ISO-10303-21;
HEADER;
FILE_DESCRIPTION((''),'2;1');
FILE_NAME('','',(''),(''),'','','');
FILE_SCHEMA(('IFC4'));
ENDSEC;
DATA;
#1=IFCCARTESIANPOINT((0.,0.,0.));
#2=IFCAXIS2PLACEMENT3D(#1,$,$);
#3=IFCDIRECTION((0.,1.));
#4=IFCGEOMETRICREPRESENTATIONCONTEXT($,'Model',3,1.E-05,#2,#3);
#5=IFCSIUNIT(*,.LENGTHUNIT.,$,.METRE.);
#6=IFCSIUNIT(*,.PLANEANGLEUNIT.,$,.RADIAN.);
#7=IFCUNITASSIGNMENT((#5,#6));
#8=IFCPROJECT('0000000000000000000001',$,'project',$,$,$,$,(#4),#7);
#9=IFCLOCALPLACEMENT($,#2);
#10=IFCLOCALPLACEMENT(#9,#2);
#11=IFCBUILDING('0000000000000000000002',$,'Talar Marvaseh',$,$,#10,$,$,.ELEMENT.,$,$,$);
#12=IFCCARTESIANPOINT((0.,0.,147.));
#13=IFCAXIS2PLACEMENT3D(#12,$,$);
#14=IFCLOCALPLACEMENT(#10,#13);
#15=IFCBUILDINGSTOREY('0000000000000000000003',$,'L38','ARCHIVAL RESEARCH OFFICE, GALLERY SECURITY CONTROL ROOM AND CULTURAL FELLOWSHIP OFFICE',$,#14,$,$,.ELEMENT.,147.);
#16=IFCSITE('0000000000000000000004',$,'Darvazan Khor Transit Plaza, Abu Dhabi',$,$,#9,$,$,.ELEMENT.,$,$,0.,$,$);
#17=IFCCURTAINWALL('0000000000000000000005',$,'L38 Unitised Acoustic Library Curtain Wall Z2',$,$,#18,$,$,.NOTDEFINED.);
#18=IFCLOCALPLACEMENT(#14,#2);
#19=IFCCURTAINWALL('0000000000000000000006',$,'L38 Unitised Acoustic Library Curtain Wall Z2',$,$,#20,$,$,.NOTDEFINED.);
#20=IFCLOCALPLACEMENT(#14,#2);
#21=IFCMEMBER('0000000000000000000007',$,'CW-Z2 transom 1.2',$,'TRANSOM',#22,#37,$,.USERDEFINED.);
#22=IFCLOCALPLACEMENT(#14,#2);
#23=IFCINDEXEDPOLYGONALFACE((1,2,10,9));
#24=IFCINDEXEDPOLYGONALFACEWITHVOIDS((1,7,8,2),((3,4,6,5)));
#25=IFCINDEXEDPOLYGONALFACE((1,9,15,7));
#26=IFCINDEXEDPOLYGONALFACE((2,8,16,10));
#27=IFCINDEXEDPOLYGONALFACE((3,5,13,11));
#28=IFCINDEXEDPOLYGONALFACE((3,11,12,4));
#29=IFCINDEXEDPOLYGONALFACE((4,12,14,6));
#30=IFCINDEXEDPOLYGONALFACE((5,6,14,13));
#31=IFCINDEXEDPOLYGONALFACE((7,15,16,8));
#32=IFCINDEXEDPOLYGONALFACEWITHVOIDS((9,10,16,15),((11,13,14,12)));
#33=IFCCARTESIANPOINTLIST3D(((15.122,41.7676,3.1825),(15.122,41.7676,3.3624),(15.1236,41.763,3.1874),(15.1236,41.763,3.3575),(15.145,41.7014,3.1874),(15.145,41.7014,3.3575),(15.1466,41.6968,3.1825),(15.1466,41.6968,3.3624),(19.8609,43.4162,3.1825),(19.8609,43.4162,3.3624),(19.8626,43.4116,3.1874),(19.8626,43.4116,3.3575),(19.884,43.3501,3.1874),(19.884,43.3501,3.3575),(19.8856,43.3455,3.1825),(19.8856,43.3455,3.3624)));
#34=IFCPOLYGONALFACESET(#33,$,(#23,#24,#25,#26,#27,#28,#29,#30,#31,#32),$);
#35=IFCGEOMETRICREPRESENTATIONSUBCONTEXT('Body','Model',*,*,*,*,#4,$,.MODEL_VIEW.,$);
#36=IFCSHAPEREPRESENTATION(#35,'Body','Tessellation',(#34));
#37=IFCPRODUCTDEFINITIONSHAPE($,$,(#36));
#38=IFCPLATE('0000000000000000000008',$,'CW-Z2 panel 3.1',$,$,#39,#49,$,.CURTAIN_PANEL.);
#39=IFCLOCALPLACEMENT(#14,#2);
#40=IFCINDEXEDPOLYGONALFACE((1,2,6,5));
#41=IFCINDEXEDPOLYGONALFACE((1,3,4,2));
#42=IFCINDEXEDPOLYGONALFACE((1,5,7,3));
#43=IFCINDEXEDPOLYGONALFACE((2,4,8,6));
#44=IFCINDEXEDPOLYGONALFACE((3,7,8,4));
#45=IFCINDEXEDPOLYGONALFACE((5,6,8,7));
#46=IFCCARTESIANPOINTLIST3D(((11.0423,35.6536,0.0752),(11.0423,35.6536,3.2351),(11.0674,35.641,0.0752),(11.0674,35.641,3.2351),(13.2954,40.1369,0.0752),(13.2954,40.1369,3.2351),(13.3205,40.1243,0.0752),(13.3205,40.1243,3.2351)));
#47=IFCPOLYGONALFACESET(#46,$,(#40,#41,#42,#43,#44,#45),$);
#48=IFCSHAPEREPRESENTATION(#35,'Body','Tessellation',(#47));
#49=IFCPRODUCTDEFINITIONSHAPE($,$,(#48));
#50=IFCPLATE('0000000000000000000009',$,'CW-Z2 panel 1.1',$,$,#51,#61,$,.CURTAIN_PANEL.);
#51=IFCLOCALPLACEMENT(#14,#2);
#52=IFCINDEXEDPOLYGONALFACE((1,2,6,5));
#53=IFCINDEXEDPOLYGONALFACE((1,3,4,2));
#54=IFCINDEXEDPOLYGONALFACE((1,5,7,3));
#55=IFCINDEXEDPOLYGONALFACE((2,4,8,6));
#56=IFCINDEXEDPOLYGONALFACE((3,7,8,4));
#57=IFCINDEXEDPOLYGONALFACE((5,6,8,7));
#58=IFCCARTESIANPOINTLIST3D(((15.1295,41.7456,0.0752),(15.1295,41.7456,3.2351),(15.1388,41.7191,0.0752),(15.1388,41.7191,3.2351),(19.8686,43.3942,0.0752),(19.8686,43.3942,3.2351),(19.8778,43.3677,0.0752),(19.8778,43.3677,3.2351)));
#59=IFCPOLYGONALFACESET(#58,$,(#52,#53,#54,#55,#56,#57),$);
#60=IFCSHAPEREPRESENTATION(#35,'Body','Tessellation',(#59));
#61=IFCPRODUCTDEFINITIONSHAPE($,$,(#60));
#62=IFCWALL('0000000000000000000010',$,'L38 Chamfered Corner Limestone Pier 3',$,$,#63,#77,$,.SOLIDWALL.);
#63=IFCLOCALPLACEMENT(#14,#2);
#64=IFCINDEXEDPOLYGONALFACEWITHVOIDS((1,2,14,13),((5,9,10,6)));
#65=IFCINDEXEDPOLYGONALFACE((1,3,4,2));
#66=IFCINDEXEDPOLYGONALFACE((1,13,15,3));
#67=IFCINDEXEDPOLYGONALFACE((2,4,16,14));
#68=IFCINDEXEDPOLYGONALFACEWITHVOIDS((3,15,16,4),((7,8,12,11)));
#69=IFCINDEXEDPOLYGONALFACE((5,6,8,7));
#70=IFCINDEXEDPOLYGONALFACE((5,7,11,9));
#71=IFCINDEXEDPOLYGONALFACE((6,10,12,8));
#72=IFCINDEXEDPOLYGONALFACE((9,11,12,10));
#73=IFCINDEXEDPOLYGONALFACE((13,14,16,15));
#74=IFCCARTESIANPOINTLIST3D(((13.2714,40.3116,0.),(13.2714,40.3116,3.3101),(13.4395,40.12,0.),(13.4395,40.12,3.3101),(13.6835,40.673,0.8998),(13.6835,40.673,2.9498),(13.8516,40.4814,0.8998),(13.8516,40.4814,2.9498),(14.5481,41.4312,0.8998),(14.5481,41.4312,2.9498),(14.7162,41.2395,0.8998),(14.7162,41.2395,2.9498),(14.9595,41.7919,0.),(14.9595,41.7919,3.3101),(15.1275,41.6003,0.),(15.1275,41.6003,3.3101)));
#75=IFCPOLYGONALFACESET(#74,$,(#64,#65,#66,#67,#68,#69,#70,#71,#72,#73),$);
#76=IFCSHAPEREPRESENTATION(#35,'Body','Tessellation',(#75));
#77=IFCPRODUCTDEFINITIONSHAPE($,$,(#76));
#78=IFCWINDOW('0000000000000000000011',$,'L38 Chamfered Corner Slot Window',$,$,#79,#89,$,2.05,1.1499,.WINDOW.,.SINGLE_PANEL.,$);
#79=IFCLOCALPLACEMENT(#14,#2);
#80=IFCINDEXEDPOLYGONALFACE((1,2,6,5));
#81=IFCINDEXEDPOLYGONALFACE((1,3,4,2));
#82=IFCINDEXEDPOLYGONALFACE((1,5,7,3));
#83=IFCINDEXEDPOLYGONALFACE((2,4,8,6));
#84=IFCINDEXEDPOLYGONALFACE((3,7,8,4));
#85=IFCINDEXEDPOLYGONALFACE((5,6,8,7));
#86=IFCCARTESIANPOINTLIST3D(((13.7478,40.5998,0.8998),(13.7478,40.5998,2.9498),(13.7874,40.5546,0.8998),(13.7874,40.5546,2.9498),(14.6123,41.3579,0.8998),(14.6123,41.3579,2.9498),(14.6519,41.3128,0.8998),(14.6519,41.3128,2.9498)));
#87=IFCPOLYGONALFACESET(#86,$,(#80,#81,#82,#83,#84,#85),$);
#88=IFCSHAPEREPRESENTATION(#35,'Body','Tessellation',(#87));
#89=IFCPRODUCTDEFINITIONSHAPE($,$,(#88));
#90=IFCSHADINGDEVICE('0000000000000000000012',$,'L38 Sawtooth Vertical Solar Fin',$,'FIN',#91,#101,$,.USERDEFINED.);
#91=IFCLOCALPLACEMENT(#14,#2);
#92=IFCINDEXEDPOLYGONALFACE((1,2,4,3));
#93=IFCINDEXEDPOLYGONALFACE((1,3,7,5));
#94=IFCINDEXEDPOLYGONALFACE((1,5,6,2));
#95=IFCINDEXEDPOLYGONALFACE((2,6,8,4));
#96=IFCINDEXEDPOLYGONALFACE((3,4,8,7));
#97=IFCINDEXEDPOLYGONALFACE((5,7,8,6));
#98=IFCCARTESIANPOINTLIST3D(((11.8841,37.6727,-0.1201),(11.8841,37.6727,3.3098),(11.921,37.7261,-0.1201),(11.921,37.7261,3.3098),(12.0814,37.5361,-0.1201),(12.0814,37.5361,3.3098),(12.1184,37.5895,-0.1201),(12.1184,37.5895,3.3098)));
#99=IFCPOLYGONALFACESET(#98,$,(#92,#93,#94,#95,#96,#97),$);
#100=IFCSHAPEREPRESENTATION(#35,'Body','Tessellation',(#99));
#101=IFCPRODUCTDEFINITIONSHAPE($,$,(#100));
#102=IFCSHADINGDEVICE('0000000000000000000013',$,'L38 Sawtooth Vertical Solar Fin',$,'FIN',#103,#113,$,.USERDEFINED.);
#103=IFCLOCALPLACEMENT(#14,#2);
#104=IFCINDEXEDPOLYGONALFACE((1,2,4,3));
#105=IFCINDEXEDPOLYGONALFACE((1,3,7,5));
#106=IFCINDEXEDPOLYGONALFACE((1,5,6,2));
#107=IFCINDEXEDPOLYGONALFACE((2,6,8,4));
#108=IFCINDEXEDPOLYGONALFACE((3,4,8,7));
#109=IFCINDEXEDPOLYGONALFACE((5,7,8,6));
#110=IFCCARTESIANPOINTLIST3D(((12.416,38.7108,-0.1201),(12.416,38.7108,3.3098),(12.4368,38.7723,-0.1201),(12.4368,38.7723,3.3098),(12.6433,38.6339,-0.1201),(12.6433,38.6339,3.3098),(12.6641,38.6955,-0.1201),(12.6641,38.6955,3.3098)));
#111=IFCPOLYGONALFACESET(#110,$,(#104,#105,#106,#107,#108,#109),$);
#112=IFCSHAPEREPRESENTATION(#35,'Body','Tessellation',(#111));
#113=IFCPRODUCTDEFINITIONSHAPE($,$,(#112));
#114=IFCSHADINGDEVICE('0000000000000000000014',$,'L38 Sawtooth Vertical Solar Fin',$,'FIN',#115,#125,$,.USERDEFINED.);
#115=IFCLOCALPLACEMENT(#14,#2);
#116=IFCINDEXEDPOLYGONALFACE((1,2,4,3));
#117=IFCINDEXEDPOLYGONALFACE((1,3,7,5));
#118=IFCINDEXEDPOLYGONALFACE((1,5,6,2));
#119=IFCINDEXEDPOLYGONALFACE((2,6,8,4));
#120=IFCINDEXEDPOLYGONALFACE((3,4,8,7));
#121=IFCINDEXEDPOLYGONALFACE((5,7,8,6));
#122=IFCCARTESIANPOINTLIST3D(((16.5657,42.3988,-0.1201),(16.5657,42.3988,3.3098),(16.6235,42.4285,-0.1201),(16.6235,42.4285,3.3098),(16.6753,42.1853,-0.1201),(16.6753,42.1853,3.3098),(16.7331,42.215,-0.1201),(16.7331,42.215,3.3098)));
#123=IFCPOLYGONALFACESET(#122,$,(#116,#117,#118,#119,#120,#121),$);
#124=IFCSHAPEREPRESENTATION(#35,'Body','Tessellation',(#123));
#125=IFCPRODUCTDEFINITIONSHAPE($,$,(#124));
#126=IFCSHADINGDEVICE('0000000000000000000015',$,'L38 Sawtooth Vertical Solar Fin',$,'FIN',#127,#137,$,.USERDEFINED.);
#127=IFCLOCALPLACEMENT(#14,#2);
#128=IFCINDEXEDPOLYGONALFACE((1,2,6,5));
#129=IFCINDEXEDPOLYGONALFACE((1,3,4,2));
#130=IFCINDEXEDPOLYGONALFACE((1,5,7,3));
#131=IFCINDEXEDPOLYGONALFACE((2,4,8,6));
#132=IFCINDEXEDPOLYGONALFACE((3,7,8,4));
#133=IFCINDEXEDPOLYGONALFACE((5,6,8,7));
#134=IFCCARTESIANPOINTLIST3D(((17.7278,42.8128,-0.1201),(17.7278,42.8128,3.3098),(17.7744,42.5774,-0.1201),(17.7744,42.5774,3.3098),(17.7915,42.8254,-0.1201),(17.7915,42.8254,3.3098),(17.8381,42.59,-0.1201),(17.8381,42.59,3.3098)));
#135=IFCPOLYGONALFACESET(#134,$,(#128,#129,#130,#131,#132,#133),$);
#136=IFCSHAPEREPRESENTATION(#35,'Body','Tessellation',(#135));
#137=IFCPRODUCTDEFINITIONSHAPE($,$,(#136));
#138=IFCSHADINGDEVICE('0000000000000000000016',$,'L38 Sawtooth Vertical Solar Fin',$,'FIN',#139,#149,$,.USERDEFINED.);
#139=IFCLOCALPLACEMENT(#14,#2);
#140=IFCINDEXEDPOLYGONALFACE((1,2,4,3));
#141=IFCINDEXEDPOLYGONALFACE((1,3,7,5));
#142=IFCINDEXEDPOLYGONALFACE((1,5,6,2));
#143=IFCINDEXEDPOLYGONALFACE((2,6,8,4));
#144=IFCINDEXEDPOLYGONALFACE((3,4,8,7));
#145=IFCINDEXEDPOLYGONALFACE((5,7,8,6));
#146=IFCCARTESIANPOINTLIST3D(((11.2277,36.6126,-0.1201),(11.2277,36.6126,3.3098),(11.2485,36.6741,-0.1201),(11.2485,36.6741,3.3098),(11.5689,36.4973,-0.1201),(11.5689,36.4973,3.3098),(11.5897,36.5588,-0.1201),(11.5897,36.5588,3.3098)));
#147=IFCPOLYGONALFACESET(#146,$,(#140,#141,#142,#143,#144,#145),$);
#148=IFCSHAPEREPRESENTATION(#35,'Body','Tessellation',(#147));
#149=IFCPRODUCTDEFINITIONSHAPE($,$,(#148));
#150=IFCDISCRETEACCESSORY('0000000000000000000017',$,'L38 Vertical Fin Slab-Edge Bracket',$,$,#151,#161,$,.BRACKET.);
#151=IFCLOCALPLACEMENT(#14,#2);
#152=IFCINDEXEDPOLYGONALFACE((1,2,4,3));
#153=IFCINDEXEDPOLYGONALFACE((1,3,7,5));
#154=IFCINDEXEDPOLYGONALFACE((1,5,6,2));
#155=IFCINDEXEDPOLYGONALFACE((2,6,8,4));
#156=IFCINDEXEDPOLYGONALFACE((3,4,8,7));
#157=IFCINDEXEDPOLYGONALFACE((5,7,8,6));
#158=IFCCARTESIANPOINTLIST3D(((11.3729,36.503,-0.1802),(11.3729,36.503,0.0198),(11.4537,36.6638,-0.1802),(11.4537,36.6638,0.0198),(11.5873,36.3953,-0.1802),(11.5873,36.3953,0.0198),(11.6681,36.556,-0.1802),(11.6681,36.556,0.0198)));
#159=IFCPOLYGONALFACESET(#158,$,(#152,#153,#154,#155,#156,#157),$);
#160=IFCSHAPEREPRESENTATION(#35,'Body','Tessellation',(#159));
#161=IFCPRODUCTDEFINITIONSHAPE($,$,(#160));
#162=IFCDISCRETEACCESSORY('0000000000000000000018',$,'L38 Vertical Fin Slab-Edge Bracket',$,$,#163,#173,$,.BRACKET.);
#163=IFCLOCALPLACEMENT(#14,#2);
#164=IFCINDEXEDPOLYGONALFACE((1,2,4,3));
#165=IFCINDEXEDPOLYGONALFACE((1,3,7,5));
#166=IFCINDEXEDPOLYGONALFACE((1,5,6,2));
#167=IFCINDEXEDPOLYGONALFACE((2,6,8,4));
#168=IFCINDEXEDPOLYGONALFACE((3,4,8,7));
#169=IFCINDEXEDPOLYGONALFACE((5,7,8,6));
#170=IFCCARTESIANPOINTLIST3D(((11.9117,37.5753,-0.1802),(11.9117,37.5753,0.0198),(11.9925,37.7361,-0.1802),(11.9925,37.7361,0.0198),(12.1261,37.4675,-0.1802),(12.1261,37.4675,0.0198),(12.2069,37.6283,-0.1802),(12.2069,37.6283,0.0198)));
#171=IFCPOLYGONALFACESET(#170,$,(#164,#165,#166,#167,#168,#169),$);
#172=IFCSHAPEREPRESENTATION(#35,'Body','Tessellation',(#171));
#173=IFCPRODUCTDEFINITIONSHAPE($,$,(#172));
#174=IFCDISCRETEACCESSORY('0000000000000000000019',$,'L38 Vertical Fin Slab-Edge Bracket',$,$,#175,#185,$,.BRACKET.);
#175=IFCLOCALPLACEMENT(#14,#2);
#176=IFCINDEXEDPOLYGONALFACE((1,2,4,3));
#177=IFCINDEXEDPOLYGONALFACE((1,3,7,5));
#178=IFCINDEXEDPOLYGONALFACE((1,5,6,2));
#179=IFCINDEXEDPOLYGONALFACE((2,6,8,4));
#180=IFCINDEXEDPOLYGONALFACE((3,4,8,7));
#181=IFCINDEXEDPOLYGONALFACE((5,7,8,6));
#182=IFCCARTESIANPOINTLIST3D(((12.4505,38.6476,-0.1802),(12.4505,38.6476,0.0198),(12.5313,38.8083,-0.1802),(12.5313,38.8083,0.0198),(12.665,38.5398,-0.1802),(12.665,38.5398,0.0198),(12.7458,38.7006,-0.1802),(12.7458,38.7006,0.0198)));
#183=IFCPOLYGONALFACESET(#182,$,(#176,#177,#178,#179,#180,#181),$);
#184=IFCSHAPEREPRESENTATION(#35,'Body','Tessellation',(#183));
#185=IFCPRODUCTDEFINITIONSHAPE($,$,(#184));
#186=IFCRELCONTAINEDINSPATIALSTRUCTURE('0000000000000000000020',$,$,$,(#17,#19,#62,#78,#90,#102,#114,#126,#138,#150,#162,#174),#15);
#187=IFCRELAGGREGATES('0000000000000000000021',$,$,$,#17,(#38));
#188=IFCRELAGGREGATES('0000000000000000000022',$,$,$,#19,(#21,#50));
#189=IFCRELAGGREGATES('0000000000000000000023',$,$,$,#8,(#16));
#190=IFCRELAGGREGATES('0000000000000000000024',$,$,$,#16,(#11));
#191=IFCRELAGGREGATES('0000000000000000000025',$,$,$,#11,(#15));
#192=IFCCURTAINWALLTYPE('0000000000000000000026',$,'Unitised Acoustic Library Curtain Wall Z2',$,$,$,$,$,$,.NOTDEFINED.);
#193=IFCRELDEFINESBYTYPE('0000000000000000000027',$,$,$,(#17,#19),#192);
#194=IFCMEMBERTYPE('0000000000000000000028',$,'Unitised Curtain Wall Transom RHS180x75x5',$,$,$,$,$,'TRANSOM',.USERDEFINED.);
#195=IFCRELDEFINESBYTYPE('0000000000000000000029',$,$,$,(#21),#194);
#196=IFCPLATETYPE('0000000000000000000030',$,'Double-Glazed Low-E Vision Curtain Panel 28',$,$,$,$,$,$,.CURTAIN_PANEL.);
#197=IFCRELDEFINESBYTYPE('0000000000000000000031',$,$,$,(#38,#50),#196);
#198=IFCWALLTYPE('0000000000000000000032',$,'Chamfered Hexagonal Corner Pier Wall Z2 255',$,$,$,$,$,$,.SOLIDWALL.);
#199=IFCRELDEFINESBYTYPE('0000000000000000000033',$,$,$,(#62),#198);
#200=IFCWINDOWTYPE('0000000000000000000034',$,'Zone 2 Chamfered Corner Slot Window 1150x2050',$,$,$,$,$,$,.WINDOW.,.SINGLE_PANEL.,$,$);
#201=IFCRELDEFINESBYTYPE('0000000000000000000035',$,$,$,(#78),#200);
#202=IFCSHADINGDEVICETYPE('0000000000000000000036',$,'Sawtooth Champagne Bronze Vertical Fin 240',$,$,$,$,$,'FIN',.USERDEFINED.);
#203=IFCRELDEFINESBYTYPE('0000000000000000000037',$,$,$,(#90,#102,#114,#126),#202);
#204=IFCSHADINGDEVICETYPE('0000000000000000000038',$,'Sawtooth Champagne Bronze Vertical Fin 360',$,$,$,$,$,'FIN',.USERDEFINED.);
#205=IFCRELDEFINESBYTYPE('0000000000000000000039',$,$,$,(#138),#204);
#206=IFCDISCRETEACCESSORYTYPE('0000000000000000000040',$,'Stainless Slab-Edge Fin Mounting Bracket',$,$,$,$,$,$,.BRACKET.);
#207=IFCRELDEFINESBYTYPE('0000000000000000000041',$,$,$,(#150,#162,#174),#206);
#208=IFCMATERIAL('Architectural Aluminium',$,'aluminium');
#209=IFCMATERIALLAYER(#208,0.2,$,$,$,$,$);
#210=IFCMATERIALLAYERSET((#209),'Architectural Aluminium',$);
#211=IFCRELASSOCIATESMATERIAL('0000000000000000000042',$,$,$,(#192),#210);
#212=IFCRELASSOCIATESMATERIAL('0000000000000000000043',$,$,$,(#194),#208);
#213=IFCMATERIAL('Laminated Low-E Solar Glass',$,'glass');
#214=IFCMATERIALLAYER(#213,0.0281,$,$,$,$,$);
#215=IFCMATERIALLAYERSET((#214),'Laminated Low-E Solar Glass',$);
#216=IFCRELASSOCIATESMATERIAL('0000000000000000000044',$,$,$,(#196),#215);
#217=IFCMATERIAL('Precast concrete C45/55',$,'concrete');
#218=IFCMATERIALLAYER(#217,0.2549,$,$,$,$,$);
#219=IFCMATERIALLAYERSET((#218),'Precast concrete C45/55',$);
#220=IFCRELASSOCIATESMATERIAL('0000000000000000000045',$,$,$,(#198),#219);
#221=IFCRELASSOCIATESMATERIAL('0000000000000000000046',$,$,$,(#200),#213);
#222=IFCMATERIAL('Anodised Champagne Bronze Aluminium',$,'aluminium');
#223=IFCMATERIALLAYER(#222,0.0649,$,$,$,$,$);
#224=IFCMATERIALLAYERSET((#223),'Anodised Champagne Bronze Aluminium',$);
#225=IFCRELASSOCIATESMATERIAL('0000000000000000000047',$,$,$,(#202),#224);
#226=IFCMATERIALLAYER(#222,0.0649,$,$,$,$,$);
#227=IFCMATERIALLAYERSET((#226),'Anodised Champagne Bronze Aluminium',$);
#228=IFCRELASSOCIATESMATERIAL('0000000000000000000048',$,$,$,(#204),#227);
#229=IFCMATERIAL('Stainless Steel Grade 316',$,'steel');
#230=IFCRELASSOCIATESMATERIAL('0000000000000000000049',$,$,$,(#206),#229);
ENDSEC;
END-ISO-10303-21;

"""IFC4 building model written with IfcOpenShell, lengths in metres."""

from ifc_helpers import new_model, si_unit, direction, frame, frame_2d, origin, origin_2d, place, context, subcontext, project, spatial, rectangle, hollow_rectangle, extrude, source, transform, mapped, material, layer, layer_set, material_profile, profile_set, type_object, type_shapes, element, fill, aggregate, save


model = new_model("IFC4")

# Units and contexts
model_context = context("Model", 3, precision=1e-05, world=origin(), true_north=direction((0.0, 1.0)))
body_context = subcontext(model_context, "Body", "Model", "MODEL_VIEW")
ifc_project = project(units=[si_unit("LENGTHUNIT", "METRE"), si_unit("PLANEANGLEUNIT", "RADIAN")], contexts=[model_context])

# Site, building, storey
site_placement = place(None, origin())
site = spatial("IfcSite", under=ifc_project, at=site_placement, Name="Darvazan Khor Transit Plaza, Abu Dhabi", CompositionType="ELEMENT", RefElevation=0.0)
building_placement = place(site_placement, origin())
building = spatial("IfcBuilding", under=site, at=building_placement, Name="Talar Marvaseh", CompositionType="ELEMENT")
storey_placement = place(building_placement, frame((0.0, 0.0, 147.0)))
storey = spatial("IfcBuildingStorey", under=building, at=storey_placement, Name="L38", Description="ARCHIVAL RESEARCH OFFICE, GALLERY SECURITY CONTROL ROOM AND CULTURAL FELLOWSHIP OFFICE", CompositionType="ELEMENT", Elevation=147.0)

# Curtain walls
ifc_material_1 = material(Name="Architectural Aluminium", Category="aluminium")
ifc_layer_1 = layer(ifc_material_1, 0.2)
ifc_layer_set_1 = layer_set([ifc_layer_1], Name="Architectural Aluminium")
curtain_wall_type = type_object("IfcCurtainWallType", Name="Unitised Acoustic Library Curtain Wall Z2", PredefinedType="NOTDEFINED", material=ifc_layer_set_1)
curtain_wall_1_placement = place(storey_placement, origin())
curtain_wall_1 = element("IfcCurtainWall", 1, at=curtain_wall_1_placement, inside=storey, type_object=curtain_wall_type, Name="L38 Unitised Acoustic Library Curtain Wall Z2", PredefinedType="NOTDEFINED")
curtain_wall_2_placement = place(storey_placement, origin())
curtain_wall_2 = element("IfcCurtainWall", 2, at=curtain_wall_2_placement, inside=storey, type_object=curtain_wall_type, Name="L38 Unitised Acoustic Library Curtain Wall Z2", PredefinedType="NOTDEFINED")

# Member
ifc_material_profile_1 = material_profile(ifc_material_1, hollow_rectangle(XDim=0.075, YDim=0.1799, WallThickness=0.0049, at=origin_2d()), Name="RHS180x75x5")
ifc_profile_set_1 = profile_set([ifc_material_profile_1], Name="Architectural Aluminium")
member_type_1 = type_object("IfcMemberType", Name="Unitised Curtain Wall Transom RHS180x75x5", ElementType="TRANSOM", PredefinedType="USERDEFINED", material=ifc_profile_set_1)
shared_shape_1 = source(origin(), body_context, "Body", "SweptSolid", [
    extrude(hollow_rectangle(XDim=0.075, YDim=0.1799, WallThickness=0.0049, at=origin_2d()), origin(), (0.0, 0.0, 1.0), 5.0176),
])
type_shapes(member_type_1, [shared_shape_1])
member_1_placement = place(storey_placement, frame((15.1343, 41.7322, 3.2725), z_axis=(0.944476, 0.328579, 0.0), x_axis=(-0.328579, 0.944476, 0.0)))
member_1 = element("IfcMember", 3, at=member_1_placement, type_object=member_type_1, Name="CW-Z2 transom 1.2", ObjectType="TRANSOM", PredefinedType="USERDEFINED", context=body_context, shape_type="MappedRepresentation", body=[
    mapped(shared_shape_1, transform((0.0, 0.0, 0.0), x_axis=(1.0, 0.0, 0.0), y_axis=(0.0, 1.0, 0.0), z_axis=(0.0, 0.0, 1.0), scale=1.0)),
])

# Plates
ifc_material_2 = material(Name="Laminated Low-E Solar Glass", Category="glass")
ifc_layer_2 = layer(ifc_material_2, 0.0281)
ifc_layer_set_2 = layer_set([ifc_layer_2], Name="Laminated Low-E Solar Glass")
plate_type = type_object("IfcPlateType", Name="Double-Glazed Low-E Vision Curtain Panel 28", PredefinedType="CURTAIN_PANEL", material=ifc_layer_set_2)
shared_shape_2 = source(origin(), body_context, "Body", "SweptSolid", [
    extrude(rectangle(XDim=5.0176, YDim=0.0281, at=origin_2d()), origin(), (0.0, 0.0, 1.0), 3.1599),
])
type_shapes(plate_type, [shared_shape_2])
plate_1_placement = place(storey_placement, frame((12.1814, 37.8889, 0.0752), z_axis=(0.0, 0.0, 1.0), x_axis=(0.449035, 0.893514, 0.0)))
plate_1 = element("IfcPlate", 4, at=plate_1_placement, type_object=plate_type, Name="CW-Z2 panel 3.1", PredefinedType="CURTAIN_PANEL", context=body_context, shape_type="MappedRepresentation", body=[
    mapped(shared_shape_2, transform((0.0, 0.0, 0.0), x_axis=(1.0, 0.0, 0.0), y_axis=(0.0, 1.0, 0.0), z_axis=(0.0, 0.0, 1.0), scale=1.0)),
])
aggregate(curtain_wall_1, [plate_1])
plate_2_placement = place(storey_placement, frame((17.5037, 42.5566, 0.0752), z_axis=(0.0, 0.0, 1.0), x_axis=(0.94448, 0.328569, 0.0)))
plate_2 = element("IfcPlate", 5, at=plate_2_placement, type_object=plate_type, Name="CW-Z2 panel 1.1", PredefinedType="CURTAIN_PANEL", context=body_context, shape_type="MappedRepresentation", body=[
    mapped(shared_shape_2, transform((0.0, 0.0, 0.0), x_axis=(1.0, 0.0, 0.0), y_axis=(0.0, 1.0, 0.0), z_axis=(0.0, 0.0, 1.0), scale=1.0)),
])
aggregate(curtain_wall_2, [member_1, plate_2])

# Wall, opening, window
ifc_material_3 = material(Name="Precast concrete C45/55", Category="concrete")
ifc_layer_3 = layer(ifc_material_3, 0.2549)
ifc_layer_set_3 = layer_set([ifc_layer_3], Name="Precast concrete C45/55")
wall_type = type_object("IfcWallType", Name="Chamfered Hexagonal Corner Pier Wall Z2 255", PredefinedType="SOLIDWALL", material=ifc_layer_set_3)
wall_placement = place(storey_placement, frame((13.3555, 40.2158, 0.0), z_axis=(0.0, 0.0, 1.0), x_axis=(0.751862, 0.65932, 0.0)))
wall = element("IfcWall", 6, at=wall_placement, inside=storey, type_object=wall_type, Name="L38 Chamfered Corner Limestone Pier 3", PredefinedType="SOLIDWALL", context=body_context, shape_type="SweptSolid", body=[
    extrude(rectangle(XDim=2.2451, YDim=0.2549, at=frame_2d((1.1226, 0.0))), origin(), (0.0, 0.0, 1.0), 3.3101),
])
opening_placement = place(wall_placement, frame((0.5481, 0.0, 0.8999)))
opening = element("IfcOpeningElement", 7, at=opening_placement, cuts=wall, PredefinedType="OPENING", context=body_context, shape_type="SweptSolid", body=[
    extrude(rectangle(XDim=1.1499, YDim=2.05, at=frame_2d((0.575, 1.0249))), frame((0.0, 0.1375, 0.0), z_axis=(0.0, -1.0, 0.0), x_axis=(1.0, 0.0, 0.0)), (0.0, 0.0, 1.0), 0.2749),
])
window_type = type_object("IfcWindowType", Name="Zone 2 Chamfered Corner Slot Window 1150x2050", PartitioningType="SINGLE_PANEL", PredefinedType="WINDOW", material=ifc_material_2)
shared_shape_3 = source(origin(), body_context, "Body", "SweptSolid", [
    extrude(rectangle(XDim=1.1499, YDim=2.05, at=frame_2d((0.575, 1.0249))), frame((0.0, 0.03, 0.0), z_axis=(0.0, -1.0, 0.0), x_axis=(1.0, 0.0, 0.0)), (0.0, 0.0, 1.0), 0.0601),
])
type_shapes(window_type, [shared_shape_3])
window_placement = place(opening_placement, origin())
window = element("IfcWindow", 8, at=window_placement, inside=storey, type_object=window_type, Name="L38 Chamfered Corner Slot Window", OverallHeight=2.05, OverallWidth=1.1499, PartitioningType="SINGLE_PANEL", PredefinedType="WINDOW", context=body_context, shape_type="MappedRepresentation", body=[
    mapped(shared_shape_3, transform((0.0, 0.0, 0.0), x_axis=(1.0, 0.0, 0.0), y_axis=(0.0, 1.0, 0.0), z_axis=(0.0, 0.0, 1.0), scale=1.0)),
])
fill(opening, window)

# Shading devices
ifc_material_4 = material(Name="Anodised Champagne Bronze Aluminium", Category="aluminium")
ifc_layer_4 = layer(ifc_material_4, 0.0649)
ifc_layer_set_4 = layer_set([ifc_layer_4], Name="Anodised Champagne Bronze Aluminium")
shading_device_type_1 = type_object("IfcShadingDeviceType", Name="Sawtooth Champagne Bronze Vertical Fin 240", ElementType="FIN", PredefinedType="USERDEFINED", material=ifc_layer_set_4)
shared_shape_4 = source(origin(), body_context, "Body", "SweptSolid", [
    extrude(rectangle(XDim=0.24, YDim=0.0649, at=origin_2d()), origin(), (0.0, 0.0, 1.0), 3.4299),
])
type_shapes(shading_device_type_1, [shared_shape_4])
for number, where, z_axis, x_axis, name in (
    (9, (12.0012, 37.6311, -0.1201), (0.0, 0.0, 1.0), (-0.822343, 0.568993, 0.0), "L38 Sawtooth Vertical Solar Fin"),
    (10, (12.54, 38.7031, -0.1201), (0.0, 0.0, 1.0), (-0.947322, 0.320282, 0.0), "L38 Sawtooth Vertical Solar Fin"),
    (11, (16.6494, 42.3069, -0.1201), (0.0, 0.0, 1.0), (-0.456787, 0.889576, 0.0), "L38 Sawtooth Vertical Solar Fin"),
    (12, (17.783, 42.7014, -0.1201), (0.0, 0.0, 1.0), (-0.193892, 0.981023, 0.0), "L38 Sawtooth Vertical Solar Fin"),
):
    element("IfcShadingDevice", number, at=place(storey_placement, frame(where, z_axis=z_axis, x_axis=x_axis)), inside=storey, type_object=shading_device_type_1, Name=name, ObjectType="FIN", PredefinedType="USERDEFINED", context=body_context, shape_type="MappedRepresentation", body=[
        mapped(shared_shape_4, transform((0.0, 0.0, 0.0), x_axis=(1.0, 0.0, 0.0), y_axis=(0.0, 1.0, 0.0), z_axis=(0.0, 0.0, 1.0), scale=1.0)),
    ])
ifc_layer_5 = layer(ifc_material_4, 0.0649)
ifc_layer_set_5 = layer_set([ifc_layer_5], Name="Anodised Champagne Bronze Aluminium")
shading_device_type_2 = type_object("IfcShadingDeviceType", Name="Sawtooth Champagne Bronze Vertical Fin 360", ElementType="FIN", PredefinedType="USERDEFINED", material=ifc_layer_set_5)
shared_shape_5 = source(origin(), body_context, "Body", "SweptSolid", [
    extrude(rectangle(XDim=0.3601, YDim=0.0649, at=origin_2d()), origin(), (0.0, 0.0, 1.0), 3.4299),
])
type_shapes(shading_device_type_2, [shared_shape_5])
shading_device_placement = place(storey_placement, frame((11.4087, 36.5857, -0.1201), z_axis=(0.0, 0.0, 1.0), x_axis=(-0.947322, 0.320282, 0.0)))
element("IfcShadingDevice", 13, at=shading_device_placement, inside=storey, type_object=shading_device_type_2, Name="L38 Sawtooth Vertical Solar Fin", ObjectType="FIN", PredefinedType="USERDEFINED", context=body_context, shape_type="MappedRepresentation", body=[
    mapped(shared_shape_5, transform((0.0, 0.0, 0.0), x_axis=(1.0, 0.0, 0.0), y_axis=(0.0, 1.0, 0.0), z_axis=(0.0, 0.0, 1.0), scale=1.0)),
])

# Discrete accessories
ifc_material_5 = material(Name="Stainless Steel Grade 316", Category="steel")
discrete_accessory_type = type_object("IfcDiscreteAccessoryType", Name="Stainless Slab-Edge Fin Mounting Bracket", PredefinedType="BRACKET", material=ifc_material_5)
shared_shape_6 = source(origin(), body_context, "Body", "SweptSolid", [
    extrude(rectangle(XDim=0.24, YDim=0.1799, at=origin_2d()), origin(), (0.0, 0.0, 1.0), 0.2),
])
type_shapes(discrete_accessory_type, [shared_shape_6])
for number, where, z_axis, x_axis, name in (
    (14, (11.5205, 36.5295, -0.1802), (0.0, 0.0, 1.0), (-0.893528, 0.449007, 0.0), "L38 Vertical Fin Slab-Edge Bracket"),
    (15, (12.0593, 37.6018, -0.1802), (0.0, 0.0, 1.0), (-0.893528, 0.449007, 0.0), "L38 Vertical Fin Slab-Edge Bracket"),
    (16, (12.5981, 38.6741, -0.1802), (0.0, 0.0, 1.0), (-0.893528, 0.449007, 0.0), "L38 Vertical Fin Slab-Edge Bracket"),
):
    element("IfcDiscreteAccessory", number, at=place(storey_placement, frame(where, z_axis=z_axis, x_axis=x_axis)), inside=storey, type_object=discrete_accessory_type, Name=name, PredefinedType="BRACKET", context=body_context, shape_type="MappedRepresentation", body=[
        mapped(shared_shape_6, transform((0.0, 0.0, 0.0), x_axis=(1.0, 0.0, 0.0), y_axis=(0.0, 1.0, 0.0), z_axis=(0.0, 0.0, 1.0), scale=1.0)),
    ])

save(model, "model.ifc")
